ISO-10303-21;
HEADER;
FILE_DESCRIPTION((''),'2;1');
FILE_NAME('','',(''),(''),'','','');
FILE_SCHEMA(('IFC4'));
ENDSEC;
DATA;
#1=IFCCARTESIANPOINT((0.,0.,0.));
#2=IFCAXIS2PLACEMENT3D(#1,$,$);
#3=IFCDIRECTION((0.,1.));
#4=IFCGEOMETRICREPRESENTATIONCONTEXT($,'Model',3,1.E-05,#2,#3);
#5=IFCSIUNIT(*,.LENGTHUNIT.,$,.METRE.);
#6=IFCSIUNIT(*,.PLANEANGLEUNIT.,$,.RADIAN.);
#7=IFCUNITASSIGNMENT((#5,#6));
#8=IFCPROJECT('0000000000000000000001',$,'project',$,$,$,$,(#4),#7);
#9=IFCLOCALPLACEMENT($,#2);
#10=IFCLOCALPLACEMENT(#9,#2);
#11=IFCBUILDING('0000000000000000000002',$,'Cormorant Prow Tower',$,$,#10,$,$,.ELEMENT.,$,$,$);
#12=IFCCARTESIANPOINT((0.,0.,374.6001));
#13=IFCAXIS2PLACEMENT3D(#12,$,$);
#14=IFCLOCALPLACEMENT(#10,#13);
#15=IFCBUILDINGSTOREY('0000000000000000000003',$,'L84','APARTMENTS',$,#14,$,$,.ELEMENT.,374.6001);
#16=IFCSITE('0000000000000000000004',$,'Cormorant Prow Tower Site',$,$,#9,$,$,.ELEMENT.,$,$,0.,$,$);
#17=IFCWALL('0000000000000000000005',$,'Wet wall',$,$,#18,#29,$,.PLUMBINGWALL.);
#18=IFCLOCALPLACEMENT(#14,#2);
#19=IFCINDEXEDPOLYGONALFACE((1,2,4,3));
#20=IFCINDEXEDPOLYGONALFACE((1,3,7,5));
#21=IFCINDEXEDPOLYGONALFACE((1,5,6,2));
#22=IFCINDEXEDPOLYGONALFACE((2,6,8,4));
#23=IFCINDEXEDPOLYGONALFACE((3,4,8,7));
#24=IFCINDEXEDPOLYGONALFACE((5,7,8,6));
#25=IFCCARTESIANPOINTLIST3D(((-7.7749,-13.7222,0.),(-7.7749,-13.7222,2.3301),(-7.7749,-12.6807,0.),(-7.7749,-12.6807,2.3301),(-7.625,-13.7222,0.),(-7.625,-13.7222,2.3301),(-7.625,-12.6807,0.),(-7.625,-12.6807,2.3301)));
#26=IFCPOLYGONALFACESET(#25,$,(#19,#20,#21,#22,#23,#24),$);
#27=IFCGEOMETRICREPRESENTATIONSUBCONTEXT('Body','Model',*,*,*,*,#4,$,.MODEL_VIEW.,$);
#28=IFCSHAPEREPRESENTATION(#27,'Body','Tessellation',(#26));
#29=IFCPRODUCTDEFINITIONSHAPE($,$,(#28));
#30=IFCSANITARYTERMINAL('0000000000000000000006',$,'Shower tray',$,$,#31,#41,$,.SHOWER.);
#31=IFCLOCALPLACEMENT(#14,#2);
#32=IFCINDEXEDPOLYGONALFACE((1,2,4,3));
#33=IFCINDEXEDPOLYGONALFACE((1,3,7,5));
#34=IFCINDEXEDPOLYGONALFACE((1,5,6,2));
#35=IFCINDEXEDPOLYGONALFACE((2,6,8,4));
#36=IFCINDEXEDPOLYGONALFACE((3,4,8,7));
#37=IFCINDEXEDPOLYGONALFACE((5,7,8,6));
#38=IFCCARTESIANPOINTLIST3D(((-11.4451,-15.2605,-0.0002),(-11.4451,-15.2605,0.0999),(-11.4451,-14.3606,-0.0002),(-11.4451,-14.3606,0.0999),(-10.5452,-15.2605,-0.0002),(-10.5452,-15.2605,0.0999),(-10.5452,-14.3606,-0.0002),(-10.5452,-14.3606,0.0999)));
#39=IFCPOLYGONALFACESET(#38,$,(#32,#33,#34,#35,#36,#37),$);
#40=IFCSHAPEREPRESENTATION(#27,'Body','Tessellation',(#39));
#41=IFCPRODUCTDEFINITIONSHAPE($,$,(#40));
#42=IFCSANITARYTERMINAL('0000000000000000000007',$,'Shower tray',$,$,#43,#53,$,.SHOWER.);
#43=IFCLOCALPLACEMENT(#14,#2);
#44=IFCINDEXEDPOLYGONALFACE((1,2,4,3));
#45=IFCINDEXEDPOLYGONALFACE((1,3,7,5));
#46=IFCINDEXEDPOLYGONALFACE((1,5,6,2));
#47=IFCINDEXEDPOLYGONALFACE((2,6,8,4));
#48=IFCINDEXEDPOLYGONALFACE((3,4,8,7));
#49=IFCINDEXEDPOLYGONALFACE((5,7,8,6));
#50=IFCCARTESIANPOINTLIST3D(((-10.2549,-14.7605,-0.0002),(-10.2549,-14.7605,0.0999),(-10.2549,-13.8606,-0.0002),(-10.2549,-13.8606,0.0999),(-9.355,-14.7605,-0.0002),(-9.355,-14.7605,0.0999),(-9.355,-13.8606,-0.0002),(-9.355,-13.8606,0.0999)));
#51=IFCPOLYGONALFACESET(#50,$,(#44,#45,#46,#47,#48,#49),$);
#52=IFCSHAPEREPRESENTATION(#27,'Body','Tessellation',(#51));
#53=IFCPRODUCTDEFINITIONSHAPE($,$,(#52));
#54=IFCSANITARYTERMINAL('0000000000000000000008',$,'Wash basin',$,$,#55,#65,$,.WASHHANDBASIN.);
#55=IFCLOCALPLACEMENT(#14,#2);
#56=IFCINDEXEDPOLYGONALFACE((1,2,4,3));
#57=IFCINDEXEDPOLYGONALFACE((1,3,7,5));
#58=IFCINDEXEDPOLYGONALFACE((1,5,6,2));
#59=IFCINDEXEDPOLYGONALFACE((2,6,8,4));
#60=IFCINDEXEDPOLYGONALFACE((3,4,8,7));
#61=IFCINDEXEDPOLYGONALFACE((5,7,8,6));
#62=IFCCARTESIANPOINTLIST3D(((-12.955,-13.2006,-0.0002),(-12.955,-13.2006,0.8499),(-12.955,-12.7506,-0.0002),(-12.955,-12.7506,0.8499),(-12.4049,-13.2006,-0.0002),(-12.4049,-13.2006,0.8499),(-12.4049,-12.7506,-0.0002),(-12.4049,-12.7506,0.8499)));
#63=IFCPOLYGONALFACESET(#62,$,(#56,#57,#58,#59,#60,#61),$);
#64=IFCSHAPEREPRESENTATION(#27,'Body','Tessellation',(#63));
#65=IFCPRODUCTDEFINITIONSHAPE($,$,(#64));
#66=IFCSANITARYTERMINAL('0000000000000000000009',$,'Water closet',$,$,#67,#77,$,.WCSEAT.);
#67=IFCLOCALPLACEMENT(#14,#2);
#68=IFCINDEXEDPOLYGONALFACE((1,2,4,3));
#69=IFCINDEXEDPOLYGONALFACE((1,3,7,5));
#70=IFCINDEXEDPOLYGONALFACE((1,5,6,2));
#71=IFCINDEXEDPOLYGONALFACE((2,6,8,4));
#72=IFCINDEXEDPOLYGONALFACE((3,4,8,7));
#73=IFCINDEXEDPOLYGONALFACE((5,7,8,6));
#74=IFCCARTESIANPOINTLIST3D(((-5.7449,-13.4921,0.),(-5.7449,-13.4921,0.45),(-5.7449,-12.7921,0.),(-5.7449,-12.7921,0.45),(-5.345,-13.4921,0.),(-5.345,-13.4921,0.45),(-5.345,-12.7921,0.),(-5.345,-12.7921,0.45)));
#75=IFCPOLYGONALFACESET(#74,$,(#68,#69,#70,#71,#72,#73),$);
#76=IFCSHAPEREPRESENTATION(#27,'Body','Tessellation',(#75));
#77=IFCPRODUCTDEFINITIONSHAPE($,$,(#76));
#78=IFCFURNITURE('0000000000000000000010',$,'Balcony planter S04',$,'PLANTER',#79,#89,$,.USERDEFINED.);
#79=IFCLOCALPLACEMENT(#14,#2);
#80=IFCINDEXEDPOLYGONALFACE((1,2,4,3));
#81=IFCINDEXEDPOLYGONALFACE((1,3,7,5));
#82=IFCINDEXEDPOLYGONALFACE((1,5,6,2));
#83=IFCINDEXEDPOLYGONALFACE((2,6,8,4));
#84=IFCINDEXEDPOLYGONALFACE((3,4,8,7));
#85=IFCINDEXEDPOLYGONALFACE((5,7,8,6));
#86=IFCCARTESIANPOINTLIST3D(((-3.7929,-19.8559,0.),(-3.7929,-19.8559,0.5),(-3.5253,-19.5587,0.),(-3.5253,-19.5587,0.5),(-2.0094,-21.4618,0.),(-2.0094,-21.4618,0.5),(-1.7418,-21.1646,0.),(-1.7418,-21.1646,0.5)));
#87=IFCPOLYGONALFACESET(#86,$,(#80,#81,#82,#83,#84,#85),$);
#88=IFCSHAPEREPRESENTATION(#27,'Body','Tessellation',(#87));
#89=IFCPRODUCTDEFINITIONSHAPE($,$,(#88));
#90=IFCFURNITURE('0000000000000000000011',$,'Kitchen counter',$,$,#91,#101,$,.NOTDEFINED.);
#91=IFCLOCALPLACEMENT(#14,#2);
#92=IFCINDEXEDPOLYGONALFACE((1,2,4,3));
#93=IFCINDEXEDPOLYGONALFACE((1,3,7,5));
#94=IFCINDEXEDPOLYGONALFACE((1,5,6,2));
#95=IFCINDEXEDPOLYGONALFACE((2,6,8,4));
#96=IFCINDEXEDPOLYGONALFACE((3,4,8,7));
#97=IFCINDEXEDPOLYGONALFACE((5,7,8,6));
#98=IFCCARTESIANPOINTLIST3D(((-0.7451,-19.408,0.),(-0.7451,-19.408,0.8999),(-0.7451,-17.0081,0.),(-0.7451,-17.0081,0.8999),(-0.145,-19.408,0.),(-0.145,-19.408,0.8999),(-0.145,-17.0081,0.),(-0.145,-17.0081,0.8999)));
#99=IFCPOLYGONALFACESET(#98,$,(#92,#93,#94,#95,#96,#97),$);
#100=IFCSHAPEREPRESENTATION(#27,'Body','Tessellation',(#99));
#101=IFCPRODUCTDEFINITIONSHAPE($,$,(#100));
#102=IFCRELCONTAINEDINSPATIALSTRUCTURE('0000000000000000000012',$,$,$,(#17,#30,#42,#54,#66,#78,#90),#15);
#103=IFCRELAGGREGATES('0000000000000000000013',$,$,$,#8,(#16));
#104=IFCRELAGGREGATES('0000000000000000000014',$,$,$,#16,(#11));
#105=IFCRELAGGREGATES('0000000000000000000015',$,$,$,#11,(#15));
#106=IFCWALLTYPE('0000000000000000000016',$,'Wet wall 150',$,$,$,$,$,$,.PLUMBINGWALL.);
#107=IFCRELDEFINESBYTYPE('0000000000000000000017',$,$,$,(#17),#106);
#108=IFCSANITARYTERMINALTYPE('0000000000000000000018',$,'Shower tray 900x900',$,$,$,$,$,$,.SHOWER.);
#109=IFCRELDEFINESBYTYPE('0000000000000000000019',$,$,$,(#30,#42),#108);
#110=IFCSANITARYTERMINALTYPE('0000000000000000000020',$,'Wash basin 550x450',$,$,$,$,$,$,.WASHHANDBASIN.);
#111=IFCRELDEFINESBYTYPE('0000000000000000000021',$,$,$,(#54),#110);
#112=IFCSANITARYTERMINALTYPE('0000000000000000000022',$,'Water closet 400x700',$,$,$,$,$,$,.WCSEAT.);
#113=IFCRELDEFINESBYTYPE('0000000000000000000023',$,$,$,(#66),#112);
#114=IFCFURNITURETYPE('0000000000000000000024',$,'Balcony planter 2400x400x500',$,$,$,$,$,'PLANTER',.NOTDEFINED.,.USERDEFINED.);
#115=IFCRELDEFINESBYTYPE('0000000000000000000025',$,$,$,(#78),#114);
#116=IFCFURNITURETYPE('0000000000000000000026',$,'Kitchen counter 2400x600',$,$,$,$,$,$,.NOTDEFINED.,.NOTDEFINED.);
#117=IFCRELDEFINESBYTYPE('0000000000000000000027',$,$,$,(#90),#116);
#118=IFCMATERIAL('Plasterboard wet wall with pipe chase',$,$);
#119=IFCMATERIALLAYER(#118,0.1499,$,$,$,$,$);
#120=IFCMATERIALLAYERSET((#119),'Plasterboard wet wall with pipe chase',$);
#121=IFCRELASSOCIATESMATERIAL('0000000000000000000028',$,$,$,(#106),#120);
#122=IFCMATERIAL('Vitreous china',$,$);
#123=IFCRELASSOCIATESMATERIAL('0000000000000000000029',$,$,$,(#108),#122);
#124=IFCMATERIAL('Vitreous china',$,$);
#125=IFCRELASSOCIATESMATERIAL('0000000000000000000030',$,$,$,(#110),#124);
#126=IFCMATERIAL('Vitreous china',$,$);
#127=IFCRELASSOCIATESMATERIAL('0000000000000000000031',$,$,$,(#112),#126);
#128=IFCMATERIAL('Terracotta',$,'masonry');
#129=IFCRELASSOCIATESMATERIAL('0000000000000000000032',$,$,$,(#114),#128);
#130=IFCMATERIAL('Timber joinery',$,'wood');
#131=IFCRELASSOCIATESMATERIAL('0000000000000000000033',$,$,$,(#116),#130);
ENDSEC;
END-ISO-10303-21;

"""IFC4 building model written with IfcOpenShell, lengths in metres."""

from ifc_helpers import new_model, si_unit, direction, frame, frame_2d, origin, origin_2d, place, context, subcontext, project, spatial, rectangle, extrude, material, layer, layer_set, type_object, element, save


model = new_model("IFC4")

# Units and contexts
model_context = context("Model", 3, precision=1e-05, world=origin(), true_north=direction((0.0, 1.0)))
body_context = subcontext(model_context, "Body", "Model", "MODEL_VIEW")
ifc_project = project(units=[si_unit("LENGTHUNIT", "METRE"), si_unit("PLANEANGLEUNIT", "RADIAN")], contexts=[model_context])

# Site, building, storey
site_placement = place(None, origin())
site = spatial("IfcSite", under=ifc_project, at=site_placement, Name="Cormorant Prow Tower Site", CompositionType="ELEMENT", RefElevation=0.0)
building_placement = place(site_placement, origin())
building = spatial("IfcBuilding", under=site, at=building_placement, Name="Cormorant Prow Tower", CompositionType="ELEMENT")
storey_placement = place(building_placement, frame((0.0, 0.0, 374.6001)))
storey = spatial("IfcBuildingStorey", under=building, at=storey_placement, Name="L84", Description="APARTMENTS", CompositionType="ELEMENT", Elevation=374.6001)

# Wall
ifc_material_1 = material(Name="Plasterboard wet wall with pipe chase")
ifc_layer_1 = layer(ifc_material_1, 0.1499)
ifc_layer_set_1 = layer_set([ifc_layer_1], Name="Plasterboard wet wall with pipe chase")
wall_type_1 = type_object("IfcWallType", Name="Wet wall 150", PredefinedType="PLUMBINGWALL", material=ifc_layer_set_1)
wall_1_placement = place(storey_placement, frame((-7.7, -13.7222, 0.0), z_axis=(0.0, 0.0, 1.0), x_axis=(0.0, 1.0, 0.0)))
element("IfcWall", 1, at=wall_1_placement, inside=storey, type_object=wall_type_1, Name="Wet wall", PredefinedType="PLUMBINGWALL", context=body_context, shape_type="SweptSolid", body=[
    extrude(rectangle(XDim=1.0415, YDim=0.1499, at=frame_2d((0.5208, 0.0))), origin(), (0.0, 0.0, 1.0), 2.3301),
])

# Sanitary terminals
ifc_material_2 = material(Name="Vitreous china")
sanitary_terminal_type_1 = type_object("IfcSanitaryTerminalType", Name="Shower tray 900x900", PredefinedType="SHOWER", material=ifc_material_2)
for number, where, z_axis, x_axis, name in (
    (2, (-10.9951, -14.8105, -0.0002), (0.0, 0.0, 1.0), (-1.0, 0.0, 0.0), "Shower tray"),
    (3, (-9.8049, -14.3105, -0.0002), (0.0, 0.0, 1.0), (1.0, 0.0, 0.0), "Shower tray"),
):
    element("IfcSanitaryTerminal", number, at=place(storey_placement, frame(where, z_axis=z_axis, x_axis=x_axis)), inside=storey, type_object=sanitary_terminal_type_1, Name=name, PredefinedType="SHOWER", context=body_context, shape_type="SweptSolid", body=[
        extrude(rectangle(XDim=0.8999, YDim=0.8999, at=origin_2d()), origin(), (0.0, 0.0, 1.0), 0.1001),
    ])
ifc_material_3 = material(Name="Vitreous china")
sanitary_terminal_type_2 = type_object("IfcSanitaryTerminalType", Name="Wash basin 550x450", PredefinedType="WASHHANDBASIN", material=ifc_material_3)
sanitary_terminal_1_placement = place(storey_placement, frame((-12.6799, -12.9756, -0.0002), z_axis=(0.0, 0.0, 1.0), x_axis=(1.0, 0.0, 0.0)))
element("IfcSanitaryTerminal", 4, at=sanitary_terminal_1_placement, inside=storey, type_object=sanitary_terminal_type_2, Name="Wash basin", PredefinedType="WASHHANDBASIN", context=body_context, shape_type="SweptSolid", body=[
    extrude(rectangle(XDim=0.55, YDim=0.45, at=origin_2d()), origin(), (0.0, 0.0, 1.0), 0.8501),
])
ifc_material_4 = material(Name="Vitreous china")
sanitary_terminal_type_3 = type_object("IfcSanitaryTerminalType", Name="Water closet 400x700", PredefinedType="WCSEAT", material=ifc_material_4)
sanitary_terminal_2_placement = place(storey_placement, frame((-5.5449, -13.1421, 0.0), z_axis=(0.0, 0.0, 1.0), x_axis=(-1.0, 0.0, 0.0)))
element("IfcSanitaryTerminal", 5, at=sanitary_terminal_2_placement, inside=storey, type_object=sanitary_terminal_type_3, Name="Water closet", PredefinedType="WCSEAT", context=body_context, shape_type="SweptSolid", body=[
    extrude(rectangle(XDim=0.3999, YDim=0.7, at=origin_2d()), origin(), (0.0, 0.0, 1.0), 0.45),
])

# Furniture
ifc_material_5 = material(Name="Terracotta", Category="masonry")
furniture_type_1 = type_object("IfcFurnitureType", Name="Balcony planter 2400x400x500", ElementType="PLANTER", AssemblyPlace="NOTDEFINED", PredefinedType="USERDEFINED", material=ifc_material_5)
furniture_1_placement = place(storey_placement, frame((-2.7673, -20.5103, 0.0), z_axis=(0.0, 0.0, 1.0), x_axis=(0.743145, -0.669131, 0.0)))
element("IfcFurniture", 6, at=furniture_1_placement, inside=storey, type_object=furniture_type_1, Name="Balcony planter S04", ObjectType="PLANTER", PredefinedType="USERDEFINED", context=body_context, shape_type="SweptSolid", body=[
    extrude(rectangle(XDim=2.3999, YDim=0.3999, at=origin_2d()), origin(), (0.0, 0.0, 1.0), 0.5),
])
ifc_material_6 = material(Name="Timber joinery", Category="wood")
furniture_type_2 = type_object("IfcFurnitureType", Name="Kitchen counter 2400x600", AssemblyPlace="NOTDEFINED", PredefinedType="NOTDEFINED", material=ifc_material_6)
furniture_2_placement = place(storey_placement, frame((-0.4451, -18.208, 0.0), z_axis=(0.0, 0.0, 1.0), x_axis=(0.0, -1.0, 0.0)))
element("IfcFurniture", 7, at=furniture_2_placement, inside=storey, type_object=furniture_type_2, Name="Kitchen counter", PredefinedType="NOTDEFINED", context=body_context, shape_type="SweptSolid", body=[
    extrude(rectangle(XDim=2.3999, YDim=0.6001, at=origin_2d()), origin(), (0.0, 0.0, 1.0), 0.8999),
])

save(model, "model.ifc")
